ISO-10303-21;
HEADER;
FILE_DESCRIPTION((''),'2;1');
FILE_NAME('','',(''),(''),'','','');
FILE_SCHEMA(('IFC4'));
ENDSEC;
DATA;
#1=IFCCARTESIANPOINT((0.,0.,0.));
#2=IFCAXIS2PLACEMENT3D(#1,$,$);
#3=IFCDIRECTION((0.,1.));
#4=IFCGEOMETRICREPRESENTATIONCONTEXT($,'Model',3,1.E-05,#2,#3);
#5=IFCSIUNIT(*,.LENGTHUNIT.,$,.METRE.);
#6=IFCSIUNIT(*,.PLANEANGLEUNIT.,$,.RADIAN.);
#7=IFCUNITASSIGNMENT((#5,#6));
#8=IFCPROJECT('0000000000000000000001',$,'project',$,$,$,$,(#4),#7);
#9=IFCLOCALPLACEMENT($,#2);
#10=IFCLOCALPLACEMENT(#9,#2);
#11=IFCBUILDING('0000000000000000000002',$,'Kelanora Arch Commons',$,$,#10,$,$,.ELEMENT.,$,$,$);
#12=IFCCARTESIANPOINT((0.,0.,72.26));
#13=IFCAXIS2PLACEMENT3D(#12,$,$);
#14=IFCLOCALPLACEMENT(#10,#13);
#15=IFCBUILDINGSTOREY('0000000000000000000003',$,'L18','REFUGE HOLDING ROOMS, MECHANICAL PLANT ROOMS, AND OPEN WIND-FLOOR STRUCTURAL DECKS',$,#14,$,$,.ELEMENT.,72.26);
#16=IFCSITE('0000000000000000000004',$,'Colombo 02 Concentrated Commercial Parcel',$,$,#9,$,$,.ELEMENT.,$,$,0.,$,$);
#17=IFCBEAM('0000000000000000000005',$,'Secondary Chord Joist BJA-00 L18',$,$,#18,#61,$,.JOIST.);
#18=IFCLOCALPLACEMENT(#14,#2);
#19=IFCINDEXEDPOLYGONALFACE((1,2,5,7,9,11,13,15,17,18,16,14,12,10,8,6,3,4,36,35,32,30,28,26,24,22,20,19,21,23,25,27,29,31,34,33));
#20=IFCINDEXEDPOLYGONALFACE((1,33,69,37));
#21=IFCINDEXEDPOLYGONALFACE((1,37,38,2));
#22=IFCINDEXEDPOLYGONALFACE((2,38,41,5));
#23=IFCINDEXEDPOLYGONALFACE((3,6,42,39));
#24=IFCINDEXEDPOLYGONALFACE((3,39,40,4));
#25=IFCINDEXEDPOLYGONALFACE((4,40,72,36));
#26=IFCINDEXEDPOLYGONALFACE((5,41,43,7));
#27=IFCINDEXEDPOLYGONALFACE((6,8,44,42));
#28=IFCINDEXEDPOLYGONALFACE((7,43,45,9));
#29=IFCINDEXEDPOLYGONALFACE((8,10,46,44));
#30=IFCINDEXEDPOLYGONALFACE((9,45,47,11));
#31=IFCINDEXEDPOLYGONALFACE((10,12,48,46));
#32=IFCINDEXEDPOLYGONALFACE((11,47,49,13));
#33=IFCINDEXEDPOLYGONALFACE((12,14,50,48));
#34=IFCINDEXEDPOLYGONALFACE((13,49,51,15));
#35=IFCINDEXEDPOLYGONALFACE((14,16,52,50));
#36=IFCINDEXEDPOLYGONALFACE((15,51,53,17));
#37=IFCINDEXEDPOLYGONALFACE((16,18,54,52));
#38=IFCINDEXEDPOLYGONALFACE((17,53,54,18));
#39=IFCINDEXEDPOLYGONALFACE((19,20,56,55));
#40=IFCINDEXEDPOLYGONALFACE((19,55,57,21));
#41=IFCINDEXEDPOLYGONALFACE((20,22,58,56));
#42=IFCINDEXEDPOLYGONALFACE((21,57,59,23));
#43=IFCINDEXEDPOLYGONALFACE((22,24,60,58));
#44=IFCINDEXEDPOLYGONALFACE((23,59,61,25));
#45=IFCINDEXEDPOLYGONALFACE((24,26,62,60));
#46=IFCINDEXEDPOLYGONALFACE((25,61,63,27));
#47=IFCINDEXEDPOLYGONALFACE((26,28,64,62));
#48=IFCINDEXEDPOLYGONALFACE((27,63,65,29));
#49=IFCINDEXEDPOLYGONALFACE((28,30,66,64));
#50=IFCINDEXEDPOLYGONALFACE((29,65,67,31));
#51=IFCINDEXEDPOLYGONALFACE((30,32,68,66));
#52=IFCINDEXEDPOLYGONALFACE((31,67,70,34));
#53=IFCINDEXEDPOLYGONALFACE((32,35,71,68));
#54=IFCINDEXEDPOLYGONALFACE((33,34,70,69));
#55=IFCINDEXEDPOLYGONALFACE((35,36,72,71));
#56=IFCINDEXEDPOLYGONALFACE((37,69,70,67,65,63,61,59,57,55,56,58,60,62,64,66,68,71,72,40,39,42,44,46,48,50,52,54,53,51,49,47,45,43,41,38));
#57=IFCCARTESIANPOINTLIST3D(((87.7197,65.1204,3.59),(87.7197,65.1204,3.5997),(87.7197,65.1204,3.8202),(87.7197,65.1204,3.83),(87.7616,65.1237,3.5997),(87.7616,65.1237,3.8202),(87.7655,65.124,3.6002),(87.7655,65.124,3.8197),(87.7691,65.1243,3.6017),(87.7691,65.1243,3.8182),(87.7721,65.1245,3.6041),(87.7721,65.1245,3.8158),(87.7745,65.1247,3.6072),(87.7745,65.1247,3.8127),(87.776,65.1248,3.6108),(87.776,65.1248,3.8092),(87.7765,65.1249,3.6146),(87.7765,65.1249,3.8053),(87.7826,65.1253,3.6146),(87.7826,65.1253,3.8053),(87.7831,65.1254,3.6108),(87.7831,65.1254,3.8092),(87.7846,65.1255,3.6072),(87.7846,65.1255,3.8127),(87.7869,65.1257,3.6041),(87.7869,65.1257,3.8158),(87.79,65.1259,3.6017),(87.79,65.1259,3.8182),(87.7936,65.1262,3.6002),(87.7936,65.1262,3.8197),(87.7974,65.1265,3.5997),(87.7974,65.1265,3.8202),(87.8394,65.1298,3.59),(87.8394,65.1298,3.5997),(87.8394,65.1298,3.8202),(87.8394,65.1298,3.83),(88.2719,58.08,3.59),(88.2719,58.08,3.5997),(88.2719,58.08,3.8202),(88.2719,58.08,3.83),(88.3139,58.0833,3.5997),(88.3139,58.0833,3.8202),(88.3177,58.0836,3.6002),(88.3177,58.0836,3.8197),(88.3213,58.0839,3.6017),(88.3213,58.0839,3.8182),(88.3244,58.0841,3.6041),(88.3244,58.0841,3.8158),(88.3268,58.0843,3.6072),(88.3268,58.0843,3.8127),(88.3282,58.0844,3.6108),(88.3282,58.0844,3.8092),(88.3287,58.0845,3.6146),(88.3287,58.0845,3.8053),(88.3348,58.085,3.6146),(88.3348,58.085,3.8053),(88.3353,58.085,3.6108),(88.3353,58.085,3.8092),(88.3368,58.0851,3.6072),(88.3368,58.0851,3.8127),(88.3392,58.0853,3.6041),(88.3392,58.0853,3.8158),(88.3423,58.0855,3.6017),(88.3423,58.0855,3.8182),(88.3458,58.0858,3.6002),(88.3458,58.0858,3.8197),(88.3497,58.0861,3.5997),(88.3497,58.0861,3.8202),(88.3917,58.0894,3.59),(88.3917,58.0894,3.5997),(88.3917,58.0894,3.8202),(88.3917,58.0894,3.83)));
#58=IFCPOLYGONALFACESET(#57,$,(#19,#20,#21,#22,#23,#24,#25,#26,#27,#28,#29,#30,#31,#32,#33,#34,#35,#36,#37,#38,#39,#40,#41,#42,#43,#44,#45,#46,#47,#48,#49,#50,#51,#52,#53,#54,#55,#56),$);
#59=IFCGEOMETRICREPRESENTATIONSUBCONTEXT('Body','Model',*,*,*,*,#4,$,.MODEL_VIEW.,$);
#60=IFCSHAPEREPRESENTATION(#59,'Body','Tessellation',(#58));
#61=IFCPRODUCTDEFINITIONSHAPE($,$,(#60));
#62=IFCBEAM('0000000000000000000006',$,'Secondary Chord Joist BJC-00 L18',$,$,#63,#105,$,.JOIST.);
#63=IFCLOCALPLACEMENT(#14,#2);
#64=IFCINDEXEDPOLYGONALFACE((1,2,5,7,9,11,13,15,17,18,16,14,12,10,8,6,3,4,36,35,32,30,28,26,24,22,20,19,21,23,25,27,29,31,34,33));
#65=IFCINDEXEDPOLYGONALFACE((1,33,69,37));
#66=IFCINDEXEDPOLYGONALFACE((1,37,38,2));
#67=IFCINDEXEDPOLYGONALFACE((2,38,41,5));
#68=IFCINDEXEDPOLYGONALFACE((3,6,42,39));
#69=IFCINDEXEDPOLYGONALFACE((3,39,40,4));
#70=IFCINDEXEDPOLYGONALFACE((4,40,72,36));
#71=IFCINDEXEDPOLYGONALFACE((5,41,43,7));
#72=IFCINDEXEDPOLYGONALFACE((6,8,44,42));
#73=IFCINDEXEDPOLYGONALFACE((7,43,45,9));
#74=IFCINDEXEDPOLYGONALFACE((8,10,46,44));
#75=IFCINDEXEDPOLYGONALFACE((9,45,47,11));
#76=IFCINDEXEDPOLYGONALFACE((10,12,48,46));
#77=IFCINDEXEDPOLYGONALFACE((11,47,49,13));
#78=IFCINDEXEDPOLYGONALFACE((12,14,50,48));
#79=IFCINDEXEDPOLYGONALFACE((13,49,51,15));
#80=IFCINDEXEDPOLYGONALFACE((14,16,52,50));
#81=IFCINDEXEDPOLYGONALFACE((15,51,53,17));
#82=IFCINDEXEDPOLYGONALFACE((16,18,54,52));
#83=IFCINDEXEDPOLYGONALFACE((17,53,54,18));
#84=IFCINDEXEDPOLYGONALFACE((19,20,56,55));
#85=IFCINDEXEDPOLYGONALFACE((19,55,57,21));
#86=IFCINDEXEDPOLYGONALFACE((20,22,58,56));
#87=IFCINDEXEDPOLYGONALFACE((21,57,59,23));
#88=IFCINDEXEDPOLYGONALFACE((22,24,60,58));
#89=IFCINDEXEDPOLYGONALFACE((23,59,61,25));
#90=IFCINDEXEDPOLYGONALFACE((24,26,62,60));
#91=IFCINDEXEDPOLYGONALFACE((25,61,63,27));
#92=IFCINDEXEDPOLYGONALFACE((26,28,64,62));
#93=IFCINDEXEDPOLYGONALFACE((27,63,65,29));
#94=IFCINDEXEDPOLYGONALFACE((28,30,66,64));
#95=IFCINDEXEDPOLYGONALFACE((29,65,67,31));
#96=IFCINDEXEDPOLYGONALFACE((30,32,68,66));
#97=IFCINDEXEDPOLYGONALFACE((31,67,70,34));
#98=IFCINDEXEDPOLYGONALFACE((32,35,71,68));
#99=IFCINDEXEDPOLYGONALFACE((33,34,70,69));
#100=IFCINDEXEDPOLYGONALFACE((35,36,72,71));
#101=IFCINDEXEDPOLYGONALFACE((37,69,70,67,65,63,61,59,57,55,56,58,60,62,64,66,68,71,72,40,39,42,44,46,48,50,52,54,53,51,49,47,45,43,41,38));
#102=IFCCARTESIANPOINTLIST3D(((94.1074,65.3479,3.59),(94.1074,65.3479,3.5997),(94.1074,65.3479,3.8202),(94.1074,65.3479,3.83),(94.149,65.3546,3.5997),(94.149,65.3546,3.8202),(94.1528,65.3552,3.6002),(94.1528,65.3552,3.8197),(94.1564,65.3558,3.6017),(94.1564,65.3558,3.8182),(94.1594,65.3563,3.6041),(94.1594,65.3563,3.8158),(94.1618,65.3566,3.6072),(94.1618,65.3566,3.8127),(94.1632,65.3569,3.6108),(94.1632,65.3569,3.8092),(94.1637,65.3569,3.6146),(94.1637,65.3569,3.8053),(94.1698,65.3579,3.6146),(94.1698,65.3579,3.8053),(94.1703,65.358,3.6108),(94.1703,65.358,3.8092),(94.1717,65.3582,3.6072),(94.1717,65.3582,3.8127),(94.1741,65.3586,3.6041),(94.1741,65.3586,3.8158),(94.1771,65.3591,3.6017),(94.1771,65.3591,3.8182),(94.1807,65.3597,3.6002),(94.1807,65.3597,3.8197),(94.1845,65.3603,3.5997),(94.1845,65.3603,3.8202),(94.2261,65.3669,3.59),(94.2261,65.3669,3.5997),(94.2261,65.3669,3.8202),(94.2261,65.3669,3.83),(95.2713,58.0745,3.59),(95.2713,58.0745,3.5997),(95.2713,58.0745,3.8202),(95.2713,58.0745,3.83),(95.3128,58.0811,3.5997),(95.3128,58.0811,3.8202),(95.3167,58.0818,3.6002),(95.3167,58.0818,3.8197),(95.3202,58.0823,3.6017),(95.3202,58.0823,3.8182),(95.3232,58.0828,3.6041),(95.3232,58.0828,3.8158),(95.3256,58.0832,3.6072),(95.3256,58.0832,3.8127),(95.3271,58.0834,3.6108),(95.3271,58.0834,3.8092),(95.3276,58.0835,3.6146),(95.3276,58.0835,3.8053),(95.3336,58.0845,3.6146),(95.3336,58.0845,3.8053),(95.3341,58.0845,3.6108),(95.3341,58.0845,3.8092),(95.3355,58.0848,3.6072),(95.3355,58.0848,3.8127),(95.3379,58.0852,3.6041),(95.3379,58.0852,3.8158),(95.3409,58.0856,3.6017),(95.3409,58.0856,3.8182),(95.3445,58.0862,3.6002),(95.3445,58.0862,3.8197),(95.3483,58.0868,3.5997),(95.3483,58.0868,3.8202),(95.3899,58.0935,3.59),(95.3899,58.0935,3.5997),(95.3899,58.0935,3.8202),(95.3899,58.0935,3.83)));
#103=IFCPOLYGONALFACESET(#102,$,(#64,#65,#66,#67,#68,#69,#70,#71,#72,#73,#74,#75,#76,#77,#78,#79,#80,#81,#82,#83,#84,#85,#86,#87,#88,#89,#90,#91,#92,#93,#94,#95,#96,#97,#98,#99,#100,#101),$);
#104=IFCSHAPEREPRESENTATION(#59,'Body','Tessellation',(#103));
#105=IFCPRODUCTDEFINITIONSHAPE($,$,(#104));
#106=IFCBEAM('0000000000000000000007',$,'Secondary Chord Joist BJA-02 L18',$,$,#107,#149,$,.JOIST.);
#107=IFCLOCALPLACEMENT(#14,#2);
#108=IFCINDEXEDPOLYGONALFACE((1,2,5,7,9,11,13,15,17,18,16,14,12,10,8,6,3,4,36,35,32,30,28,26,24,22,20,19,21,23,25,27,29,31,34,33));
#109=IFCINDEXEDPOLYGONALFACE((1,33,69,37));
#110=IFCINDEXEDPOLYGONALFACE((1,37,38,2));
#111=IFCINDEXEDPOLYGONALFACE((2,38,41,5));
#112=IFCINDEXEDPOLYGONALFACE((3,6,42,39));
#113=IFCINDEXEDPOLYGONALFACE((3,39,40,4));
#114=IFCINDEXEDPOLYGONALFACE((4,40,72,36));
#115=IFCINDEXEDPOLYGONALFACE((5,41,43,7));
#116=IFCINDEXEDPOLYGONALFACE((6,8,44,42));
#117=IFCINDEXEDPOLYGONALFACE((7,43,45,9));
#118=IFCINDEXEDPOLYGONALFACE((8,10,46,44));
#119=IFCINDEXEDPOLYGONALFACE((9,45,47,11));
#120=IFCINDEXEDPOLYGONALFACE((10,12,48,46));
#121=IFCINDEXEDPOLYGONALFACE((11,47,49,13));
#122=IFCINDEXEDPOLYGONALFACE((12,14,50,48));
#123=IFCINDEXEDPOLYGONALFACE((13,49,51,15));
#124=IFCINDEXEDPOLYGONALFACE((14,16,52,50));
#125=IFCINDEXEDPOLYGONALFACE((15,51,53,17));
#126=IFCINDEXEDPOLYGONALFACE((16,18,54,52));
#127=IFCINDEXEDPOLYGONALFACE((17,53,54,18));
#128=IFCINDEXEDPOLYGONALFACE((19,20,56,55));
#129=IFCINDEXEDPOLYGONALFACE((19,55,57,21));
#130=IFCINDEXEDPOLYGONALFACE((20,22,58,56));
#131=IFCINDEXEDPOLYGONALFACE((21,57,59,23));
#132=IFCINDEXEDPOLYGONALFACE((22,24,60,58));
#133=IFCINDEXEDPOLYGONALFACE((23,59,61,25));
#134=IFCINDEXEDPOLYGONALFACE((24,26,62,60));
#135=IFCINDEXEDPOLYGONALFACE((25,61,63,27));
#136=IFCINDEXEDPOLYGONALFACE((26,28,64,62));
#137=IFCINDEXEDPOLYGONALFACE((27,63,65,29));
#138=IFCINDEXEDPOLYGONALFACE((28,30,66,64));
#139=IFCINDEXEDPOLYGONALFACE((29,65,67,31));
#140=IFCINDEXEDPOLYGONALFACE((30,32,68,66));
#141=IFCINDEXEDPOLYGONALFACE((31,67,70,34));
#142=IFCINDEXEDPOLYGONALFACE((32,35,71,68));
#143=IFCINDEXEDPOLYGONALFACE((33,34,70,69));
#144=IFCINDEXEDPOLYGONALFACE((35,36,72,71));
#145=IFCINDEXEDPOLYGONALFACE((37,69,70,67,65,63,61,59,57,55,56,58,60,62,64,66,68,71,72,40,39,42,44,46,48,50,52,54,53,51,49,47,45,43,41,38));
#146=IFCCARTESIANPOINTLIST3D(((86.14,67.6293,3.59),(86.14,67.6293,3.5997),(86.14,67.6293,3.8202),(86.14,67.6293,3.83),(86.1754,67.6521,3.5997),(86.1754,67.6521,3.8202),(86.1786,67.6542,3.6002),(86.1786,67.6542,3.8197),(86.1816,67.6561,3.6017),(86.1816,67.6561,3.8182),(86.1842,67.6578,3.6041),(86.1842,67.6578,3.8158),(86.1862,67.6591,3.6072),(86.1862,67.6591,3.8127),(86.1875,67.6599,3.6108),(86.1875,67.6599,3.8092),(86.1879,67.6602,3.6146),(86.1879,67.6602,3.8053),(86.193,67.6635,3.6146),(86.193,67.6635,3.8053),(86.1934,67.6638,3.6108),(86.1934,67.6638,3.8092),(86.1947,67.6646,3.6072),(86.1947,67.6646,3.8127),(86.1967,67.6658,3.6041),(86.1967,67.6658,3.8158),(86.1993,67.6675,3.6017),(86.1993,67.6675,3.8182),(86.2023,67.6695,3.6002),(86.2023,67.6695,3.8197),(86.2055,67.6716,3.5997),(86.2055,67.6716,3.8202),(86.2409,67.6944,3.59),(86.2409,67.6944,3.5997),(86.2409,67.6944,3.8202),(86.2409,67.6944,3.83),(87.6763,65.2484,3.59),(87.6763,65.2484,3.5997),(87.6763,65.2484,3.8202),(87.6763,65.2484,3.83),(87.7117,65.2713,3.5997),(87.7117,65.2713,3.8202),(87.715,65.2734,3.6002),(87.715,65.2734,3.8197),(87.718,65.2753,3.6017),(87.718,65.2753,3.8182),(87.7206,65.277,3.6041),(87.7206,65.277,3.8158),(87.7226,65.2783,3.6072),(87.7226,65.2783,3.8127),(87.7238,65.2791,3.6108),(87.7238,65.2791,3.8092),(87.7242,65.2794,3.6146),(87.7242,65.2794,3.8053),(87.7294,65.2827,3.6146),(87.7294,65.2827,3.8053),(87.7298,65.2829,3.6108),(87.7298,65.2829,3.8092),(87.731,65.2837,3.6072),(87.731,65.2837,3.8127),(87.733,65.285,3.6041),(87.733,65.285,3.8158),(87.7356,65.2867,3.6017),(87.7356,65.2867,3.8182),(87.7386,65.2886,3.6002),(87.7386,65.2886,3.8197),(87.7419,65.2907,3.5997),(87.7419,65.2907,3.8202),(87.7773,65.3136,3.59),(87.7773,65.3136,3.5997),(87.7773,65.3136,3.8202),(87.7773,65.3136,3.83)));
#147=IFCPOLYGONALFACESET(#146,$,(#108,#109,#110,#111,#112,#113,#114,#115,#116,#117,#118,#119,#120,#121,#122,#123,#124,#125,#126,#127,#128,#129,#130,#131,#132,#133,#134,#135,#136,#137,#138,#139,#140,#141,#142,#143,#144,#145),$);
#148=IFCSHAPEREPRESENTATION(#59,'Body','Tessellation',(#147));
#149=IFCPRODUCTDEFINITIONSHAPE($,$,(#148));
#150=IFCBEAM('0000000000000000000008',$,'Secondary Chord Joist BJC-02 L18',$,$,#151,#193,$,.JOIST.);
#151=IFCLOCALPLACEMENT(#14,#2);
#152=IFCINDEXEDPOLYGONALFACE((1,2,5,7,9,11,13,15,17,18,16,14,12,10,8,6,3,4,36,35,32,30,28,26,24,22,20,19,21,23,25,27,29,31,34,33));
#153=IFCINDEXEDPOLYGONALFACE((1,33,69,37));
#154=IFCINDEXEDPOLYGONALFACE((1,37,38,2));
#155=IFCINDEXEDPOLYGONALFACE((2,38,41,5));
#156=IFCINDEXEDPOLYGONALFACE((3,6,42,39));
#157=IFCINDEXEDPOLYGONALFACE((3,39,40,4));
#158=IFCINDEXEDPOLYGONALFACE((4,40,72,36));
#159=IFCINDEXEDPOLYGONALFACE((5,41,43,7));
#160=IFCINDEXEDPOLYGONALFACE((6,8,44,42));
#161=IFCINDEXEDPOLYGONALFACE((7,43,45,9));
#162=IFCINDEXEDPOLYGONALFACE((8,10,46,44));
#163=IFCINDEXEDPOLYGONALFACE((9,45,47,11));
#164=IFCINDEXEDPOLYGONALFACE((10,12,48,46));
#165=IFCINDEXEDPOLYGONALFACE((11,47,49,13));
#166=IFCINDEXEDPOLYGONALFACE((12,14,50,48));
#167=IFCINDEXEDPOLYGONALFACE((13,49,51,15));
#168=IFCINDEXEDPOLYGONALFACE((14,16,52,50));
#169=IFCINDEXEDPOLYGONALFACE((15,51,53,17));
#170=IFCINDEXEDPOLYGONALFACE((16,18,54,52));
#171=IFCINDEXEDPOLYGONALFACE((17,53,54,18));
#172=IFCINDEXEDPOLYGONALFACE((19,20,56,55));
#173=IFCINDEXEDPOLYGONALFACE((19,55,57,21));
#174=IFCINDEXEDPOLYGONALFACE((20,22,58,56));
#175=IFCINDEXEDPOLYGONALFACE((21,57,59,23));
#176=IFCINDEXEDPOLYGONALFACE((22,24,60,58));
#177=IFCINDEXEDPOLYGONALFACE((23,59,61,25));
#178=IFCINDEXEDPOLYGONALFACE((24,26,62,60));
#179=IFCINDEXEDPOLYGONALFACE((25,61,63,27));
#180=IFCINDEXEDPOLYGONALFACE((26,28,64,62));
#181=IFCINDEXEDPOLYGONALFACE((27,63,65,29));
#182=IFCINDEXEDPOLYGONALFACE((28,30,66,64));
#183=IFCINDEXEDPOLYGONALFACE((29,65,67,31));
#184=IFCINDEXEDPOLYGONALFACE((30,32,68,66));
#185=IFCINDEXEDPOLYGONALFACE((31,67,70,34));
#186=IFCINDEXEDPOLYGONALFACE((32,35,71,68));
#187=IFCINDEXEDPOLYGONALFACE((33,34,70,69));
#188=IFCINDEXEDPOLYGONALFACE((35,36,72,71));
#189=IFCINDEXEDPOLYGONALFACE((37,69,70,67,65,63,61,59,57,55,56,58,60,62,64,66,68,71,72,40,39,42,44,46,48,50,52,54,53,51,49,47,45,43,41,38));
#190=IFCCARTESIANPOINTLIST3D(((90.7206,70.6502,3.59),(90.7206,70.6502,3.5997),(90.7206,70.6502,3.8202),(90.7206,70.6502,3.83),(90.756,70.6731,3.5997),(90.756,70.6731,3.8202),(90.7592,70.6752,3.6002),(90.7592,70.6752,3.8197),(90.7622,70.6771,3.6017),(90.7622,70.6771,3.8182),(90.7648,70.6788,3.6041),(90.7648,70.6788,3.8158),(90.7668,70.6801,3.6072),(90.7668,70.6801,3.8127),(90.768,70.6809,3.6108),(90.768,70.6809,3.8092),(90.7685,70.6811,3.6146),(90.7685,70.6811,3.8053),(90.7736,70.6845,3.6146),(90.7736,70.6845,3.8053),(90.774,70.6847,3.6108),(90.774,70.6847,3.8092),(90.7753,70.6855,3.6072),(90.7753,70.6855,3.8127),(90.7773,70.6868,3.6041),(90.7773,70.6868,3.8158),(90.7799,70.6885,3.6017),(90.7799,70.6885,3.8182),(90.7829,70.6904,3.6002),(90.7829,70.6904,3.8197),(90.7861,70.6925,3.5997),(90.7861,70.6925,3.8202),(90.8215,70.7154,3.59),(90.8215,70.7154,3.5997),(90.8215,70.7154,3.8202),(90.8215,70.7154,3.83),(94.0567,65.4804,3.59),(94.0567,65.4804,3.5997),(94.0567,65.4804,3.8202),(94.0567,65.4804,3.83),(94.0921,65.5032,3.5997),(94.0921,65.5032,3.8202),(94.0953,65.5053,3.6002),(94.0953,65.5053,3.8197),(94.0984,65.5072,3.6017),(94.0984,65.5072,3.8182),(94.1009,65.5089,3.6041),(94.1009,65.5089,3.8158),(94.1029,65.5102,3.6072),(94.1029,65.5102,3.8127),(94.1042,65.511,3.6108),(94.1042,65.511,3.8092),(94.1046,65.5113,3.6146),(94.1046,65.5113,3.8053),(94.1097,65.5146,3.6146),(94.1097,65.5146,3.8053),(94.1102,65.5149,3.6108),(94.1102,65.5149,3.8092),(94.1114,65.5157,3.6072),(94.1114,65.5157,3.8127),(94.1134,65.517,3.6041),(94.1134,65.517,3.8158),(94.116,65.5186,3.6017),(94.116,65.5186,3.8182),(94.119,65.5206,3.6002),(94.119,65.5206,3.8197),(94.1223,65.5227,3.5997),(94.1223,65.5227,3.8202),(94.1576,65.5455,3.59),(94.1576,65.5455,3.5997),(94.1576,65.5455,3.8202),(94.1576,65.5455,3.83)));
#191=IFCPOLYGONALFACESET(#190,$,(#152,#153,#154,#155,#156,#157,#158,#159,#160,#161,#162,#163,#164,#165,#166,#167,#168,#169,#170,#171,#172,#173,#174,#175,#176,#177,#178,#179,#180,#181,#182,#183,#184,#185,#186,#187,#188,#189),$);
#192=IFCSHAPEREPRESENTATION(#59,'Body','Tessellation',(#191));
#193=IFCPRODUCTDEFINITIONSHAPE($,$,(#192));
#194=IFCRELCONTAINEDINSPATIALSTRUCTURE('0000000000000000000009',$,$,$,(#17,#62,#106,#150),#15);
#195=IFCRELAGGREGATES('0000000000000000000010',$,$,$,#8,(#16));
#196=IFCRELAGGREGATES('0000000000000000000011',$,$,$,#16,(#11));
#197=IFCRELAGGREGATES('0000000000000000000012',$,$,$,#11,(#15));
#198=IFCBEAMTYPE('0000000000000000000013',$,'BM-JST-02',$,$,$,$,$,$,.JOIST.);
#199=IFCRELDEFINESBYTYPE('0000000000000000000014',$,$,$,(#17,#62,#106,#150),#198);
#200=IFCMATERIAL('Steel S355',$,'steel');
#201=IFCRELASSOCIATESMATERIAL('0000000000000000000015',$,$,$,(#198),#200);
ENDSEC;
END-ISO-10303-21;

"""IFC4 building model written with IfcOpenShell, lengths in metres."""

from ifc_helpers import new_model, si_unit, direction, frame, origin, origin_2d, place, context, subcontext, project, spatial, i_section, extrude, material, material_profile, profile_set, type_object, element, save


model = new_model("IFC4")

# Units and contexts
model_context = context("Model", 3, precision=1e-05, world=origin(), true_north=direction((0.0, 1.0)))
body_context = subcontext(model_context, "Body", "Model", "MODEL_VIEW")
ifc_project = project(units=[si_unit("LENGTHUNIT", "METRE"), si_unit("PLANEANGLEUNIT", "RADIAN")], contexts=[model_context])

# Site, building, storey
site_placement = place(None, origin())
site = spatial("IfcSite", under=ifc_project, at=site_placement, Name="Colombo 02 Concentrated Commercial Parcel", CompositionType="ELEMENT", RefElevation=0.0)
building_placement = place(site_placement, origin())
building = spatial("IfcBuilding", under=site, at=building_placement, Name="Kelanora Arch Commons", CompositionType="ELEMENT")
storey_placement = place(building_placement, frame((0.0, 0.0, 72.26)))
storey = spatial("IfcBuildingStorey", under=building, at=storey_placement, Name="L18", Description="REFUGE HOLDING ROOMS, MECHANICAL PLANT ROOMS, AND OPEN WIND-FLOOR STRUCTURAL DECKS", CompositionType="ELEMENT", Elevation=72.26)

# Beams
ifc_material_1 = material(Name="Steel S355", Category="steel")
ifc_material_profile_1 = material_profile(ifc_material_1, i_section(OverallWidth=0.1201, OverallDepth=0.24, WebThickness=0.0061, FlangeThickness=0.0098, FilletRadius=0.0149, at=origin_2d()), Name="IPE240")
ifc_profile_set_1 = profile_set([ifc_material_profile_1], Name="Steel S355")
beam_type_1 = type_object("IfcBeamType", Name="BM-JST-02", PredefinedType="JOIST", material=ifc_profile_set_1)
beam_1_placement = place(storey_placement, frame((88.3318, 58.0847, 3.71), z_axis=(-0.078201, 0.996938, 0.0), x_axis=(-0.996938, -0.078201, 0.0)))
element("IfcBeam", 1, at=beam_1_placement, inside=storey, type_object=beam_type_1, Name="Secondary Chord Joist BJA-00 L18", PredefinedType="JOIST", context=body_context, shape_type="SweptSolid", body=[
    extrude(i_section(OverallWidth=0.1201, OverallDepth=0.24, WebThickness=0.0061, FlangeThickness=0.0098, FilletRadius=0.0149, at=origin_2d()), origin(), (0.0, 0.0, 1.0), 7.062),
])
beam_2_placement = place(storey_placement, frame((95.3306, 58.084, 3.71), z_axis=(-0.158, 0.987439, 0.0), x_axis=(-0.987439, -0.158, 0.0)))
element("IfcBeam", 2, at=beam_2_placement, inside=storey, type_object=beam_type_1, Name="Secondary Chord Joist BJC-00 L18", PredefinedType="JOIST", context=body_context, shape_type="SweptSolid", body=[
    extrude(i_section(OverallWidth=0.1201, OverallDepth=0.24, WebThickness=0.0061, FlangeThickness=0.0098, FilletRadius=0.0149, at=origin_2d()), origin(), (0.0, 0.0, 1.0), 7.366),
])
beam_3_placement = place(storey_placement, frame((87.7268, 65.281, 3.71), z_axis=(-0.542211, 0.840242, 0.0), x_axis=(-0.840242, -0.542211, 0.0)))
element("IfcBeam", 3, at=beam_3_placement, inside=storey, type_object=beam_type_1, Name="Secondary Chord Joist BJA-02 L18", PredefinedType="JOIST", context=body_context, shape_type="SweptSolid", body=[
    extrude(i_section(OverallWidth=0.1201, OverallDepth=0.24, WebThickness=0.0061, FlangeThickness=0.0098, FilletRadius=0.0149, at=origin_2d()), origin(), (0.0, 0.0, 1.0), 2.8335),
])
beam_4_placement = place(storey_placement, frame((94.1072, 65.5129, 3.71), z_axis=(-0.542213, 0.840241, 0.0), x_axis=(-0.840241, -0.542213, 0.0)))
element("IfcBeam", 4, at=beam_4_placement, inside=storey, type_object=beam_type_1, Name="Secondary Chord Joist BJC-02 L18", PredefinedType="JOIST", context=body_context, shape_type="SweptSolid", body=[
    extrude(i_section(OverallWidth=0.1201, OverallDepth=0.24, WebThickness=0.0061, FlangeThickness=0.0098, FilletRadius=0.0149, at=origin_2d()), origin(), (0.0, 0.0, 1.0), 6.1528),
])

save(model, "model.ifc")
